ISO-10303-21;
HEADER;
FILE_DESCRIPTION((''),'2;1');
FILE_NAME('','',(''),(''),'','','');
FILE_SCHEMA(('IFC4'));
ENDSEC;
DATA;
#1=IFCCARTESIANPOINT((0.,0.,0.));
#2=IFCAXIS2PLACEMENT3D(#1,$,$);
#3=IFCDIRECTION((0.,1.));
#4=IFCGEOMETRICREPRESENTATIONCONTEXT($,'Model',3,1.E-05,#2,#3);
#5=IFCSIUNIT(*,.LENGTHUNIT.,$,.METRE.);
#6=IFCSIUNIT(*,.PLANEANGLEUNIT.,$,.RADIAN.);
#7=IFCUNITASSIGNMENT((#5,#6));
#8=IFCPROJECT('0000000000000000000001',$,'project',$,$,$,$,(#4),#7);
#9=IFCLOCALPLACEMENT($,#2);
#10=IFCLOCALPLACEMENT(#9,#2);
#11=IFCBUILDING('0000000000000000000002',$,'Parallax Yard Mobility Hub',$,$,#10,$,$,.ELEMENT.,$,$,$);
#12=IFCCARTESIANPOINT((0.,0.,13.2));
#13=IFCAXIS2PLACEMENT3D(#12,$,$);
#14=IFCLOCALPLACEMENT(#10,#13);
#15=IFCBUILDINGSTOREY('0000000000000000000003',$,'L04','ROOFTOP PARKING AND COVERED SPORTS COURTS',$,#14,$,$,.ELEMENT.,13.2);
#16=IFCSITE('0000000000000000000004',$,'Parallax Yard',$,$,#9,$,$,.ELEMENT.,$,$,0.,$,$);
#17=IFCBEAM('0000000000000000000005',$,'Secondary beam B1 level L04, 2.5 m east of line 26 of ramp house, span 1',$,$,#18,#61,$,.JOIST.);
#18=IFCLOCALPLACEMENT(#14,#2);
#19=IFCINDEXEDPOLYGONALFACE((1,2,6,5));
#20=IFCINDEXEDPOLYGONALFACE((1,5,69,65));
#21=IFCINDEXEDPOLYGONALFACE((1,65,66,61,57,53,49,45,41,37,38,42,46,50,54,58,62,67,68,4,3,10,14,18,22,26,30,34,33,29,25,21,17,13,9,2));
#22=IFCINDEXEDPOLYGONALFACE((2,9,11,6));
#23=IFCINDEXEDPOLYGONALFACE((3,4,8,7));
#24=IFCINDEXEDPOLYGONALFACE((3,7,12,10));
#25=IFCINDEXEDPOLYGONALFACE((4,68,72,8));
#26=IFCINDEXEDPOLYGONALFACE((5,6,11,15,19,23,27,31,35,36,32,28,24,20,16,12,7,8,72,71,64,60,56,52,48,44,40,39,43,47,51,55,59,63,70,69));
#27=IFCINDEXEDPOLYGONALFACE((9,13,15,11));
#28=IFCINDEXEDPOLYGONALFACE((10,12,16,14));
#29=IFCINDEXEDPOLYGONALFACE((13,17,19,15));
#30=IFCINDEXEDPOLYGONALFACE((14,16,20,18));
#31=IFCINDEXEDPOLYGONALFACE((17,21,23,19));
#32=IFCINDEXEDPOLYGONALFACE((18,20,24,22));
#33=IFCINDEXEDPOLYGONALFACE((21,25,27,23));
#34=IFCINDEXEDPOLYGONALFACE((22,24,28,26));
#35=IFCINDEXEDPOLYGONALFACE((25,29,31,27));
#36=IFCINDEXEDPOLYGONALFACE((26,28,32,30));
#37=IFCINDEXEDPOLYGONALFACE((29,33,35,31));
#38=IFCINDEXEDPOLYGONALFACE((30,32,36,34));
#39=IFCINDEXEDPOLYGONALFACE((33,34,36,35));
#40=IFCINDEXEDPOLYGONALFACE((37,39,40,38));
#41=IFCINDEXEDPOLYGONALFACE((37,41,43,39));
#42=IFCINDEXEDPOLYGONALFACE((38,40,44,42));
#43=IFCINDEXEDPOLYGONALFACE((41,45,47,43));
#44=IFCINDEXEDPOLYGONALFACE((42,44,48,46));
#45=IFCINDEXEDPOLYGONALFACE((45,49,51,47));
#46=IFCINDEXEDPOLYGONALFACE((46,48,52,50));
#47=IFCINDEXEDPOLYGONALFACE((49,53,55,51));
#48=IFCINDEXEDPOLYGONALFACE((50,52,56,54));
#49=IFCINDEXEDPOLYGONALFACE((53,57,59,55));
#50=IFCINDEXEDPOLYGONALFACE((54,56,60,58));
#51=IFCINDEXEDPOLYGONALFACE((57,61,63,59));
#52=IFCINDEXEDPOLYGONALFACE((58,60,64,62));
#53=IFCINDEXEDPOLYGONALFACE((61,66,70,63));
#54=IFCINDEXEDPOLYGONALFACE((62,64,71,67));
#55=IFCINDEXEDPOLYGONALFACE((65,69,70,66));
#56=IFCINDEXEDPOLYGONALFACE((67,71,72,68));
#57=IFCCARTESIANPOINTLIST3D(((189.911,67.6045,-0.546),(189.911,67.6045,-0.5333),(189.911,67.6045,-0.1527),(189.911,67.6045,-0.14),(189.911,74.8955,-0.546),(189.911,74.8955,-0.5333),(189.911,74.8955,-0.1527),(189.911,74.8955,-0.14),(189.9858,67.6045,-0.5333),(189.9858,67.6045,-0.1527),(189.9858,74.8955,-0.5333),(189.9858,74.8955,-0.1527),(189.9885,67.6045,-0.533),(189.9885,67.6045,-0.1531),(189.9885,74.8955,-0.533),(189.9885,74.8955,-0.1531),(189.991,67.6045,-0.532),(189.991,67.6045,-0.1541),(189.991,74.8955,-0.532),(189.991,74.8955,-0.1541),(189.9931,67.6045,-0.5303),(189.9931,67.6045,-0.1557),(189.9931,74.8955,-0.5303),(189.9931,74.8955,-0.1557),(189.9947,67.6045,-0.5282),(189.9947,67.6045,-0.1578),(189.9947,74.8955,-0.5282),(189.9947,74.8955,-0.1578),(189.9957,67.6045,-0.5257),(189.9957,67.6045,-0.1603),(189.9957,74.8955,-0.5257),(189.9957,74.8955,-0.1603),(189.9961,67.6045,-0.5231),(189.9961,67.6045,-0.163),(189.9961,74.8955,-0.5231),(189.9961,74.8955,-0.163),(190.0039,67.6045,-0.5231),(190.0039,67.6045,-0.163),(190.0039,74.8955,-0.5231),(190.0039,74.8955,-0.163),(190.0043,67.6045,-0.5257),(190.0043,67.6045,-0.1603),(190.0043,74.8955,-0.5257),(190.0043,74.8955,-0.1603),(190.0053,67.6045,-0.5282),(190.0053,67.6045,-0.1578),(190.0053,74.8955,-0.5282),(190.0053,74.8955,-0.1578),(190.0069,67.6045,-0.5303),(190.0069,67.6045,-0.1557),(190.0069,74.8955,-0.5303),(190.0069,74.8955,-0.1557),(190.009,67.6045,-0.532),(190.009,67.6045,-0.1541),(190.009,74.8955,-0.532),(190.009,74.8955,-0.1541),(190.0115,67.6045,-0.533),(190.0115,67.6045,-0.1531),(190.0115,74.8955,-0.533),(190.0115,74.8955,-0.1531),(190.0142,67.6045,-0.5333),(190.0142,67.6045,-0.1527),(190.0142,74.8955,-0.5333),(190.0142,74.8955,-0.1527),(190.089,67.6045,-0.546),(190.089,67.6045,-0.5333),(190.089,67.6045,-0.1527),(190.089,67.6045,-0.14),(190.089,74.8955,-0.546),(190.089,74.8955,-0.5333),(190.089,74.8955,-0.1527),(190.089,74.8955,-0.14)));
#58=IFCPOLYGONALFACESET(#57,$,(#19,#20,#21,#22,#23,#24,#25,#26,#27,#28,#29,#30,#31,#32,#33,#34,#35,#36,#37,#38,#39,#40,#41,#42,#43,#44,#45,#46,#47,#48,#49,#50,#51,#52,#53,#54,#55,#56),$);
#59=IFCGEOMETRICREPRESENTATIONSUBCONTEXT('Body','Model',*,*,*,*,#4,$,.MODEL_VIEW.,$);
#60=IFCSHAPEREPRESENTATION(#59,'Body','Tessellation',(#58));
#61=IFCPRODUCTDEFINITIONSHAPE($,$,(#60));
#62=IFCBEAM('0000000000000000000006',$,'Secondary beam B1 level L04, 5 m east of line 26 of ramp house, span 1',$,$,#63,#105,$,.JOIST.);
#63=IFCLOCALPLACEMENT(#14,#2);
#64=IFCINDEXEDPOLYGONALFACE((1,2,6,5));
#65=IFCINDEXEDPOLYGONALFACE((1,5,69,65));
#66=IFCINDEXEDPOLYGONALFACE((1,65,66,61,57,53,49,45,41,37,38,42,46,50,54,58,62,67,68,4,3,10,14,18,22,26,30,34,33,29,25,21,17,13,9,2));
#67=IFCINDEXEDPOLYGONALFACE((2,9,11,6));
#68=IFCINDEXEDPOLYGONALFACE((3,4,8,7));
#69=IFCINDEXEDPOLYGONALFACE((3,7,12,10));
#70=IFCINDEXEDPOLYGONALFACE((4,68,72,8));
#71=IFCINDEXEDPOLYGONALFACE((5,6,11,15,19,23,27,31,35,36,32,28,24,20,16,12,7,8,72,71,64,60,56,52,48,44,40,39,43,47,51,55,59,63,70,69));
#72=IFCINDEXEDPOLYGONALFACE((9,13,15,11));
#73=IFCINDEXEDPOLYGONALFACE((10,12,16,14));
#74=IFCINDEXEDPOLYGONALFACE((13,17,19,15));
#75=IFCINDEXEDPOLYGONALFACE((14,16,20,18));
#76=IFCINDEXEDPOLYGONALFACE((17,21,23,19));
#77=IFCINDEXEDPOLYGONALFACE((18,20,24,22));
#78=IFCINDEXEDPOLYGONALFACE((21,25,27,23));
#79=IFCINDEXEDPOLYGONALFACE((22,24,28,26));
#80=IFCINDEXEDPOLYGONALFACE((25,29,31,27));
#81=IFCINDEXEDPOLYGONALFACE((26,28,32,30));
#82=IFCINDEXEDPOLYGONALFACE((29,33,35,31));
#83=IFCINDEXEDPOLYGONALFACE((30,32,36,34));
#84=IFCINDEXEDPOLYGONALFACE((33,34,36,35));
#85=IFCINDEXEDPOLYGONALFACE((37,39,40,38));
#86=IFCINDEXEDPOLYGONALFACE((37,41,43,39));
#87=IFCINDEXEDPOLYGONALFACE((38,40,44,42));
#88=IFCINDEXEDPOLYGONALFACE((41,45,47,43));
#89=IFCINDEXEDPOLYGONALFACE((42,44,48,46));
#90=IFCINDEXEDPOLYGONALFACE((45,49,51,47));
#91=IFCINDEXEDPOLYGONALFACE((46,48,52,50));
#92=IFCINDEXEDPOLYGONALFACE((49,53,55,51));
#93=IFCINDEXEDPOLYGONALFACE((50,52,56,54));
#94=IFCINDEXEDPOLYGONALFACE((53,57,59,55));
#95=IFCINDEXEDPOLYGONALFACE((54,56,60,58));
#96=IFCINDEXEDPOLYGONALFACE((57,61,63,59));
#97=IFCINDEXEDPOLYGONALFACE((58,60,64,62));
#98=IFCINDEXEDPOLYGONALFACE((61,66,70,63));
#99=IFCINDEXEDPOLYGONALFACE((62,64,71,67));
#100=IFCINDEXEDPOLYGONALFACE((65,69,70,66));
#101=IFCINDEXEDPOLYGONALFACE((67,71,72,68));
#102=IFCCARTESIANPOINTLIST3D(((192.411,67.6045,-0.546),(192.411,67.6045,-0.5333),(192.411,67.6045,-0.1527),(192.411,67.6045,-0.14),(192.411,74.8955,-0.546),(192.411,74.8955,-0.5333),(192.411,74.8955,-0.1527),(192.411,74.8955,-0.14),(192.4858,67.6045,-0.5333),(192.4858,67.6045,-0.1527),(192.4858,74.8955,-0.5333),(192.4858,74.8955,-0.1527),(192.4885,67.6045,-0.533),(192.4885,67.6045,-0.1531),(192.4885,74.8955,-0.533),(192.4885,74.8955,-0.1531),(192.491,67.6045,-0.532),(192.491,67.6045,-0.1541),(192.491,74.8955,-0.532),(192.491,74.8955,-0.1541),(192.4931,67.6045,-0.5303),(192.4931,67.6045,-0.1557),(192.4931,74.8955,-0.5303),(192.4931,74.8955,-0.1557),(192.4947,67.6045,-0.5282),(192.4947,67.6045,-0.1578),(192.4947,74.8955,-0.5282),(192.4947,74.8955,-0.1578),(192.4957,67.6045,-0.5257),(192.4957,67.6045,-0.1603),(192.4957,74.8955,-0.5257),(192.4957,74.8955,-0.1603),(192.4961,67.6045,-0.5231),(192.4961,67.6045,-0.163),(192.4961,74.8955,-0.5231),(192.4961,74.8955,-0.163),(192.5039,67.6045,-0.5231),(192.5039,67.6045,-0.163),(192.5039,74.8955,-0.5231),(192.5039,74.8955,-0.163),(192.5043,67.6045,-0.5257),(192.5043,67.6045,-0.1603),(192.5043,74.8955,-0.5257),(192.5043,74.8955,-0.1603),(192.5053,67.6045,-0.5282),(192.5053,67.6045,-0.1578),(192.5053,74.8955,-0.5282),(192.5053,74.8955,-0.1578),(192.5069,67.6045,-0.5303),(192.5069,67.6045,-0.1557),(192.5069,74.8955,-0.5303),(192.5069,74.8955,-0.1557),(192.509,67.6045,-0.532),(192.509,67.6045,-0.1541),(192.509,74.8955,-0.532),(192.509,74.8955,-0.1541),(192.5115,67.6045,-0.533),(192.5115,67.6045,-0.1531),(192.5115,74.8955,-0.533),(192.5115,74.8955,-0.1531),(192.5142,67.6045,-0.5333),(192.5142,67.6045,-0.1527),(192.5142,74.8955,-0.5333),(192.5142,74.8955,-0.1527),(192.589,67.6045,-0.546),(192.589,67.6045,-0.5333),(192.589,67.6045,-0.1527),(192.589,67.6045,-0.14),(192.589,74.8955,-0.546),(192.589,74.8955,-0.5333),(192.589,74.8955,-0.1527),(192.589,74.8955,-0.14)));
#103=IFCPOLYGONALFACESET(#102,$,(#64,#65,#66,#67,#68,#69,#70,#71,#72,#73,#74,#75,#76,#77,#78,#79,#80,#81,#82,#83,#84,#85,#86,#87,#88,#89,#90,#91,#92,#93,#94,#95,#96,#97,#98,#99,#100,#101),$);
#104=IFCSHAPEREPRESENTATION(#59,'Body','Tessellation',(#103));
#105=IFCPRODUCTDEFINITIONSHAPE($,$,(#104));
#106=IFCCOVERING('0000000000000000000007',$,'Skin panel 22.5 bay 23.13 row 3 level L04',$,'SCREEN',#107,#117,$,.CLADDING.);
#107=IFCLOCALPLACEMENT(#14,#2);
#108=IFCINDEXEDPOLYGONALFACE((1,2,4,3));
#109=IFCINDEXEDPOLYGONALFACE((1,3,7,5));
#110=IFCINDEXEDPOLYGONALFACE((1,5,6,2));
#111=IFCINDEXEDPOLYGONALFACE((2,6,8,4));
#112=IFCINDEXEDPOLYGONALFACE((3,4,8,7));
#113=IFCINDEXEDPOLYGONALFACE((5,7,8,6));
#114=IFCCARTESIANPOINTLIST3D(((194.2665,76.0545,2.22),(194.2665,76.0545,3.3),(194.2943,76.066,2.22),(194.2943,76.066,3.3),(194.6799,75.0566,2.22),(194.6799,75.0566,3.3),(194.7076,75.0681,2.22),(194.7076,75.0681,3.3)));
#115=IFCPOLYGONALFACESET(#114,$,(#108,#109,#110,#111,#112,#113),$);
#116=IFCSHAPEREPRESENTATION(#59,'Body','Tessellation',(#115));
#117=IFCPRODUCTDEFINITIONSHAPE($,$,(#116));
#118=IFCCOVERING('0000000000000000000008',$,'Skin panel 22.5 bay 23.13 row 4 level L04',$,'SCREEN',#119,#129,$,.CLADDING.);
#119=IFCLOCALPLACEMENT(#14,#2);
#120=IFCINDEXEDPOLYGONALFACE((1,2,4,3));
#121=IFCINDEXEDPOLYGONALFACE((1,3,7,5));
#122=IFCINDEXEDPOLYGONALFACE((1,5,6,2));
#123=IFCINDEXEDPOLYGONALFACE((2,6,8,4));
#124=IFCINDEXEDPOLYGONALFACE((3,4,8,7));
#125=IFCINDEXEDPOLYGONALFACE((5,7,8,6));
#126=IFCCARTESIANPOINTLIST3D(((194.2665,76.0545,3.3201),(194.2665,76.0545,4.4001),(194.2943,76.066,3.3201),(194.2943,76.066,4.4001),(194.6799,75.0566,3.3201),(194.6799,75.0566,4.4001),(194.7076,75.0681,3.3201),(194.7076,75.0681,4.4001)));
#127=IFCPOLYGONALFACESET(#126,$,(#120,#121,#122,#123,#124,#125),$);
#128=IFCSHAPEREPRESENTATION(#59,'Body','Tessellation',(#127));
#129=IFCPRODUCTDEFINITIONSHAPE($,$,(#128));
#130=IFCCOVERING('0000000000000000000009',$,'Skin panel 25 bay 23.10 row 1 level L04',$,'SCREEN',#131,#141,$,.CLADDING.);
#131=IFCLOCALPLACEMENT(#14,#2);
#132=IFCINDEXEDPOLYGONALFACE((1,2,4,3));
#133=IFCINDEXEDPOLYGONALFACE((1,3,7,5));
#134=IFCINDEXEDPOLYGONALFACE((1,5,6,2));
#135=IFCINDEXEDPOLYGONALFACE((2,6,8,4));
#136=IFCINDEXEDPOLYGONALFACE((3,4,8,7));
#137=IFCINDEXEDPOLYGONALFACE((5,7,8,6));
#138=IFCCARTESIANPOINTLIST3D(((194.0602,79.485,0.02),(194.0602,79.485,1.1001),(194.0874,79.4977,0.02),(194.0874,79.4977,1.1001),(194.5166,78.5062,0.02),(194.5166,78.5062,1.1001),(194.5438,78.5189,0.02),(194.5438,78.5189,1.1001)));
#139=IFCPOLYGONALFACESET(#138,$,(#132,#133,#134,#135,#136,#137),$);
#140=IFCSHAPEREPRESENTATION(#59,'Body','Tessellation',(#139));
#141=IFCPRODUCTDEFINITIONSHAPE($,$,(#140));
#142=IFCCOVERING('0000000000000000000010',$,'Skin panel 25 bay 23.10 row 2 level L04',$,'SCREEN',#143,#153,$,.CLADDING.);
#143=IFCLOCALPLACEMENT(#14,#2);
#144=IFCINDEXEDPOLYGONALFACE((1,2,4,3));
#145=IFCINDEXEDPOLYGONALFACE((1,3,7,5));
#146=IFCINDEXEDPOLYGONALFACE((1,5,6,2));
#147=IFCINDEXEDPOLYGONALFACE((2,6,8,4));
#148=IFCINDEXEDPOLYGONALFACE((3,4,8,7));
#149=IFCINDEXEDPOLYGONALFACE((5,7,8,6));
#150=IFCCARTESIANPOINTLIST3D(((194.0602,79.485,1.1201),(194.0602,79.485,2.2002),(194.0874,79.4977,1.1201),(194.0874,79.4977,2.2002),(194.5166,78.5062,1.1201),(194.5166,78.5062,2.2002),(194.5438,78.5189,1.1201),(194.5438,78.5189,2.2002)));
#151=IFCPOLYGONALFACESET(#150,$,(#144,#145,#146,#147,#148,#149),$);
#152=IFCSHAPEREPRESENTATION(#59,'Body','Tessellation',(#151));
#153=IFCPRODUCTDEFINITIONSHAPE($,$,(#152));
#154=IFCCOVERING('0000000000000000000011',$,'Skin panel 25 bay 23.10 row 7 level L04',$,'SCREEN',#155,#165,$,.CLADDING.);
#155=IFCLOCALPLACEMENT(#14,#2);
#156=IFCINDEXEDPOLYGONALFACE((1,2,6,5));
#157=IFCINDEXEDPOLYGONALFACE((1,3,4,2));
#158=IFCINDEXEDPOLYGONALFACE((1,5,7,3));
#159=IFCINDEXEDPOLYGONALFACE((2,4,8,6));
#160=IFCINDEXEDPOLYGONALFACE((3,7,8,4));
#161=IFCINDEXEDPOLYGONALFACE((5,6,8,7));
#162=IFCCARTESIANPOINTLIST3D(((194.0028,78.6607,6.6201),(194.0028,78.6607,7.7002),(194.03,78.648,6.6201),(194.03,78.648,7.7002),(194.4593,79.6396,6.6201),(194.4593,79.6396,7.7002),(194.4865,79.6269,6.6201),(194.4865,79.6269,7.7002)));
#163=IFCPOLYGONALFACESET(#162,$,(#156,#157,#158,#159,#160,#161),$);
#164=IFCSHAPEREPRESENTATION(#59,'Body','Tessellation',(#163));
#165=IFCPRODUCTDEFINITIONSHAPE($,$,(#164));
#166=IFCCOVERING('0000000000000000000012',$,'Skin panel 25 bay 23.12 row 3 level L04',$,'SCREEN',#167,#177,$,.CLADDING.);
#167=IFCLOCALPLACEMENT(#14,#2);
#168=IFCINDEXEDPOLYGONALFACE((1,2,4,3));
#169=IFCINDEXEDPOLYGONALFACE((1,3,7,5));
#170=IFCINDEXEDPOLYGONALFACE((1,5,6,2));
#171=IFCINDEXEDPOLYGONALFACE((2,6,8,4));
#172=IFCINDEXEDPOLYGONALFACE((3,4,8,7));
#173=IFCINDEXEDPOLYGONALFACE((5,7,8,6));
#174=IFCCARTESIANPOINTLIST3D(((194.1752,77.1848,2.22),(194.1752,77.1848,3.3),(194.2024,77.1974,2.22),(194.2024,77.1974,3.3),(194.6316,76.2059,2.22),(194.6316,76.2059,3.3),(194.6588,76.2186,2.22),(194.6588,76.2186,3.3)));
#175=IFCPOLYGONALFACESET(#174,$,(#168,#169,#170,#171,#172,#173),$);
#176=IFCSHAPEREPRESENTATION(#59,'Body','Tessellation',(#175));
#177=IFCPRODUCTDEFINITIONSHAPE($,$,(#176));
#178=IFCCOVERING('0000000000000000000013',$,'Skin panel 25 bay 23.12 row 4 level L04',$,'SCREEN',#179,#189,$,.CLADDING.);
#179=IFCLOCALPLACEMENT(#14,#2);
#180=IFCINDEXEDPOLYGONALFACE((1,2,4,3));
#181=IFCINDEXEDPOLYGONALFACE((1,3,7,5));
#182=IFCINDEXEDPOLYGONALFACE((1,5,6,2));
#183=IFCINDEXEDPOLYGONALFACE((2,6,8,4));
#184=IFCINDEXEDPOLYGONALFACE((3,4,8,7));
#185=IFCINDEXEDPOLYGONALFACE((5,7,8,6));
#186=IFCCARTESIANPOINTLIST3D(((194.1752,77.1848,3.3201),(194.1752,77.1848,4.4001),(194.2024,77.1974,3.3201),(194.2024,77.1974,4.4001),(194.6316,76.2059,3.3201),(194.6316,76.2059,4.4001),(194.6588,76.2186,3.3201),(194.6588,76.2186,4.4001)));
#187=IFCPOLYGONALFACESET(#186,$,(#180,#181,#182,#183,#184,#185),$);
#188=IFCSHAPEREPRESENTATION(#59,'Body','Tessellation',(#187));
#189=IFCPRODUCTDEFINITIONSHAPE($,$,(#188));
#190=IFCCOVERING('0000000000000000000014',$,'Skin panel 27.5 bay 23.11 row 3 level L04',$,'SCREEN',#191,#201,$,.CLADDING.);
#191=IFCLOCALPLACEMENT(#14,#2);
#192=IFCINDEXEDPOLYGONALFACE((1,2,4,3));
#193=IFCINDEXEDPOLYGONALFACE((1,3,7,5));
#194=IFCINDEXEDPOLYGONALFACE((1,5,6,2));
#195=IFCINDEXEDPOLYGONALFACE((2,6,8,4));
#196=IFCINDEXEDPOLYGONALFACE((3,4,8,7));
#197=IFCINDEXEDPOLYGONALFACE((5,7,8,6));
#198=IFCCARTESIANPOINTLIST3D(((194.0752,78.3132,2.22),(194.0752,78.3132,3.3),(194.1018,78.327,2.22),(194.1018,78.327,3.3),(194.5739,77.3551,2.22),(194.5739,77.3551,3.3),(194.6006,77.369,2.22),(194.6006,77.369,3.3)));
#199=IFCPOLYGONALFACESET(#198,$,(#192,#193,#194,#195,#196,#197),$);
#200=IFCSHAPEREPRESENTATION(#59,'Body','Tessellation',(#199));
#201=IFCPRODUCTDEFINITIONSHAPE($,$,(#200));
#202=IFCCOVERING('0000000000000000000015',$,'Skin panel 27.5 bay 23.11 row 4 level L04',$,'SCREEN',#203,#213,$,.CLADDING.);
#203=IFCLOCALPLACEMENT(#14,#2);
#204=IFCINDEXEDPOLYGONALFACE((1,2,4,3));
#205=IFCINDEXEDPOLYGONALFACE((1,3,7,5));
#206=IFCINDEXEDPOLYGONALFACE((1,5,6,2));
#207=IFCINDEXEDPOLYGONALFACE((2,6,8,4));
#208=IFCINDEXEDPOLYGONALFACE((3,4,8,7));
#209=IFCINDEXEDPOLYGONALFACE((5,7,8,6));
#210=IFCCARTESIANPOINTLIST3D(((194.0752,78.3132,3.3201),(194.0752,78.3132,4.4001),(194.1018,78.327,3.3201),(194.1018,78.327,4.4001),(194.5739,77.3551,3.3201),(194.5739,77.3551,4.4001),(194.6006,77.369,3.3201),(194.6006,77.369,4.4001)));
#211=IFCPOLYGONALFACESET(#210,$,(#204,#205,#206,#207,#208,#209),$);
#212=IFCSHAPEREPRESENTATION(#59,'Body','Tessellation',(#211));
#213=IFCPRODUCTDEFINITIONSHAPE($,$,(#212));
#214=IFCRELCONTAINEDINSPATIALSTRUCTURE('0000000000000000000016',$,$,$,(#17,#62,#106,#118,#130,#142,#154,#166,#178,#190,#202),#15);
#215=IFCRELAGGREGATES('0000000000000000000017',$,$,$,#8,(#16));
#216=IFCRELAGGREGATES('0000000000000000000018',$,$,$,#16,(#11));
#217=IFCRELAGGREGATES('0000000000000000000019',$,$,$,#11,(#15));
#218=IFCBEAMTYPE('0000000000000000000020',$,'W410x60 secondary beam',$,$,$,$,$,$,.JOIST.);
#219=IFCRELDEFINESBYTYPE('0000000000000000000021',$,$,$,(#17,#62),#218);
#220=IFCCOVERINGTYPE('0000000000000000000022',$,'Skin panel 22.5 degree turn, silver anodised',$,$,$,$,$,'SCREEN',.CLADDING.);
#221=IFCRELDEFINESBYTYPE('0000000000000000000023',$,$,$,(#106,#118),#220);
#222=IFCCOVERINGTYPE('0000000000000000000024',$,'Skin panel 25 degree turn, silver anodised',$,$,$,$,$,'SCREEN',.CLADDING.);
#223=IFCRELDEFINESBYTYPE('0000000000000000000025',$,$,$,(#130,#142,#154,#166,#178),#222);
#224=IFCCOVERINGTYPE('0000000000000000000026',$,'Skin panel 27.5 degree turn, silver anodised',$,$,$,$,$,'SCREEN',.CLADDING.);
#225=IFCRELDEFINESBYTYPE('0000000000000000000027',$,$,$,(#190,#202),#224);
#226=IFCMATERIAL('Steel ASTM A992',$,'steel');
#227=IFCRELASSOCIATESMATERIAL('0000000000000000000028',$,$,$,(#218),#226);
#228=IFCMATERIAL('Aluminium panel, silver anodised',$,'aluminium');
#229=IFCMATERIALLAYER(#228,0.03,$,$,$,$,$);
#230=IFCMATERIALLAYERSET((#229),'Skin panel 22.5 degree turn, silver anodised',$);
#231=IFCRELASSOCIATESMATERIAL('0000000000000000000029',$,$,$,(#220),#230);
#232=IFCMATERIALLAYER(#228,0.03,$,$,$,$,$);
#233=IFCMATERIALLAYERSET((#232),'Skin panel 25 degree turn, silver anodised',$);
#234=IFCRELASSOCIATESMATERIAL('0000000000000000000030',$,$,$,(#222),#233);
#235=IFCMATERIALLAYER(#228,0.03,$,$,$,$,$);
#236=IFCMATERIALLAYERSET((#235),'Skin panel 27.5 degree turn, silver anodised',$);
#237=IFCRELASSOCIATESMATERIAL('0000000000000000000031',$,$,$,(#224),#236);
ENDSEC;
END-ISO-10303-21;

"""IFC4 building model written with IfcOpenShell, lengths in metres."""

from ifc_helpers import new_model, si_unit, direction, frame, origin, origin_2d, place, context, subcontext, project, spatial, rectangle, i_section, extrude, material, layer, layer_set, material_profile, profile_set, type_object, element, save


model = new_model("IFC4")

# Units and contexts
model_context = context("Model", 3, precision=1e-05, world=origin(), true_north=direction((0.0, 1.0)))
body_context = subcontext(model_context, "Body", "Model", "MODEL_VIEW")
ifc_project = project(units=[si_unit("LENGTHUNIT", "METRE"), si_unit("PLANEANGLEUNIT", "RADIAN")], contexts=[model_context])

# Site, building, storey
site_placement = place(None, origin())
site = spatial("IfcSite", under=ifc_project, at=site_placement, Name="Parallax Yard", CompositionType="ELEMENT", RefElevation=0.0)
building_placement = place(site_placement, origin())
building = spatial("IfcBuilding", under=site, at=building_placement, Name="Parallax Yard Mobility Hub", CompositionType="ELEMENT")
storey_placement = place(building_placement, frame((0.0, 0.0, 13.2)))
storey = spatial("IfcBuildingStorey", under=building, at=storey_placement, Name="L04", Description="ROOFTOP PARKING AND COVERED SPORTS COURTS", CompositionType="ELEMENT", Elevation=13.2)

# Beams
ifc_material_1 = material(Name="Steel ASTM A992", Category="steel")
ifc_material_profile_1 = material_profile(ifc_material_1, i_section(OverallWidth=0.178, OverallDepth=0.406, WebThickness=0.0078, FlangeThickness=0.0127, FilletRadius=0.0103, at=origin_2d()), Name="W410x60")
ifc_profile_set_1 = profile_set([ifc_material_profile_1], Name="Steel ASTM A992")
beam_type = type_object("IfcBeamType", Name="W410x60 secondary beam", PredefinedType="JOIST", material=ifc_profile_set_1)
for number, where, z_axis, x_axis, name in (
    (1, (190.0, 67.6045, -0.343), (0.0, 1.0, 0.0), (-1.0, 0.0, 0.0), "Secondary beam B1 level L04, 2.5 m east of line 26 of ramp house, span 1"),
    (2, (192.5, 67.6045, -0.343), (0.0, 1.0, 0.0), (-1.0, 0.0, 0.0), "Secondary beam B1 level L04, 5 m east of line 26 of ramp house, span 1"),
):
    element("IfcBeam", number, at=place(storey_placement, frame(where, z_axis=z_axis, x_axis=x_axis)), inside=storey, type_object=beam_type, Name=name, PredefinedType="JOIST", context=body_context, shape_type="SweptSolid", body=[
        extrude(i_section(OverallWidth=0.178, OverallDepth=0.406, WebThickness=0.0078, FlangeThickness=0.0127, FilletRadius=0.0103, at=origin_2d()), origin(), (0.0, 0.0, 1.0), 7.291),
    ])

# Coverings
ifc_material_2 = material(Name="Aluminium panel, silver anodised", Category="aluminium")
ifc_layer_1 = layer(ifc_material_2, 0.03)
ifc_layer_set_1 = layer_set([ifc_layer_1], Name="Skin panel 22.5 degree turn, silver anodised")
covering_type_1 = type_object("IfcCoveringType", Name="Skin panel 22.5 degree turn, silver anodised", ElementType="SCREEN", PredefinedType="CLADDING", material=ifc_layer_set_1)
for number, where, z_axis, x_axis, name in (
    (3, (194.4871, 75.5613, 2.22), (0.0, 0.0, 1.0), (-0.382683, 0.92388, 0.0), "Skin panel 22.5 bay 23.13 row 3 level L04"),
    (4, (194.4871, 75.5613, 3.3201), (0.0, 0.0, 1.0), (-0.382683, 0.92388, 0.0), "Skin panel 22.5 bay 23.13 row 4 level L04"),
):
    element("IfcCovering", number, at=place(storey_placement, frame(where, z_axis=z_axis, x_axis=x_axis)), inside=storey, type_object=covering_type_1, Name=name, ObjectType="SCREEN", PredefinedType="CLADDING", context=body_context, shape_type="SweptSolid", body=[
        extrude(rectangle(XDim=1.0801, YDim=0.03, at=origin_2d()), origin(), (0.0, 0.0, 1.0), 1.0801),
    ])
ifc_layer_2 = layer(ifc_material_2, 0.03)
ifc_layer_set_2 = layer_set([ifc_layer_2], Name="Skin panel 25 degree turn, silver anodised")
covering_type_2 = type_object("IfcCoveringType", Name="Skin panel 25 degree turn, silver anodised", ElementType="SCREEN", PredefinedType="CLADDING", material=ifc_layer_set_2)
for number, where, z_axis, x_axis, name in (
    (5, (194.302, 79.002, 0.02), (0.0, 0.0, 1.0), (-0.422618, 0.906308, 0.0), "Skin panel 25 bay 23.10 row 1 level L04"),
    (6, (194.302, 79.002, 1.1201), (0.0, 0.0, 1.0), (-0.422618, 0.906308, 0.0), "Skin panel 25 bay 23.10 row 2 level L04"),
    (7, (194.2446, 79.1438, 6.6201), (0.0, 0.0, 1.0), (-0.422618, -0.906308, 0.0), "Skin panel 25 bay 23.10 row 7 level L04"),
    (8, (194.417, 76.7017, 2.22), (0.0, 0.0, 1.0), (-0.422618, 0.906308, 0.0), "Skin panel 25 bay 23.12 row 3 level L04"),
    (9, (194.417, 76.7017, 3.3201), (0.0, 0.0, 1.0), (-0.422618, 0.906308, 0.0), "Skin panel 25 bay 23.12 row 4 level L04"),
):
    element("IfcCovering", number, at=place(storey_placement, frame(where, z_axis=z_axis, x_axis=x_axis)), inside=storey, type_object=covering_type_2, Name=name, ObjectType="SCREEN", PredefinedType="CLADDING", context=body_context, shape_type="SweptSolid", body=[
        extrude(rectangle(XDim=1.0801, YDim=0.03, at=origin_2d()), origin(), (0.0, 0.0, 1.0), 1.0801),
    ])
ifc_layer_3 = layer(ifc_material_2, 0.03)
ifc_layer_set_3 = layer_set([ifc_layer_3], Name="Skin panel 27.5 degree turn, silver anodised")
covering_type_3 = type_object("IfcCoveringType", Name="Skin panel 27.5 degree turn, silver anodised", ElementType="SCREEN", PredefinedType="CLADDING", material=ifc_layer_set_3)
for number, where, z_axis, x_axis, name in (
    (10, (194.3379, 77.8411, 2.22), (0.0, 0.0, 1.0), (-0.461749, 0.887011, 0.0), "Skin panel 27.5 bay 23.11 row 3 level L04"),
    (11, (194.3379, 77.8411, 3.3201), (0.0, 0.0, 1.0), (-0.461749, 0.887011, 0.0), "Skin panel 27.5 bay 23.11 row 4 level L04"),
):
    element("IfcCovering", number, at=place(storey_placement, frame(where, z_axis=z_axis, x_axis=x_axis)), inside=storey, type_object=covering_type_3, Name=name, ObjectType="SCREEN", PredefinedType="CLADDING", context=body_context, shape_type="SweptSolid", body=[
        extrude(rectangle(XDim=1.0801, YDim=0.03, at=origin_2d()), origin(), (0.0, 0.0, 1.0), 1.0801),
    ])

save(model, "model.ifc")
